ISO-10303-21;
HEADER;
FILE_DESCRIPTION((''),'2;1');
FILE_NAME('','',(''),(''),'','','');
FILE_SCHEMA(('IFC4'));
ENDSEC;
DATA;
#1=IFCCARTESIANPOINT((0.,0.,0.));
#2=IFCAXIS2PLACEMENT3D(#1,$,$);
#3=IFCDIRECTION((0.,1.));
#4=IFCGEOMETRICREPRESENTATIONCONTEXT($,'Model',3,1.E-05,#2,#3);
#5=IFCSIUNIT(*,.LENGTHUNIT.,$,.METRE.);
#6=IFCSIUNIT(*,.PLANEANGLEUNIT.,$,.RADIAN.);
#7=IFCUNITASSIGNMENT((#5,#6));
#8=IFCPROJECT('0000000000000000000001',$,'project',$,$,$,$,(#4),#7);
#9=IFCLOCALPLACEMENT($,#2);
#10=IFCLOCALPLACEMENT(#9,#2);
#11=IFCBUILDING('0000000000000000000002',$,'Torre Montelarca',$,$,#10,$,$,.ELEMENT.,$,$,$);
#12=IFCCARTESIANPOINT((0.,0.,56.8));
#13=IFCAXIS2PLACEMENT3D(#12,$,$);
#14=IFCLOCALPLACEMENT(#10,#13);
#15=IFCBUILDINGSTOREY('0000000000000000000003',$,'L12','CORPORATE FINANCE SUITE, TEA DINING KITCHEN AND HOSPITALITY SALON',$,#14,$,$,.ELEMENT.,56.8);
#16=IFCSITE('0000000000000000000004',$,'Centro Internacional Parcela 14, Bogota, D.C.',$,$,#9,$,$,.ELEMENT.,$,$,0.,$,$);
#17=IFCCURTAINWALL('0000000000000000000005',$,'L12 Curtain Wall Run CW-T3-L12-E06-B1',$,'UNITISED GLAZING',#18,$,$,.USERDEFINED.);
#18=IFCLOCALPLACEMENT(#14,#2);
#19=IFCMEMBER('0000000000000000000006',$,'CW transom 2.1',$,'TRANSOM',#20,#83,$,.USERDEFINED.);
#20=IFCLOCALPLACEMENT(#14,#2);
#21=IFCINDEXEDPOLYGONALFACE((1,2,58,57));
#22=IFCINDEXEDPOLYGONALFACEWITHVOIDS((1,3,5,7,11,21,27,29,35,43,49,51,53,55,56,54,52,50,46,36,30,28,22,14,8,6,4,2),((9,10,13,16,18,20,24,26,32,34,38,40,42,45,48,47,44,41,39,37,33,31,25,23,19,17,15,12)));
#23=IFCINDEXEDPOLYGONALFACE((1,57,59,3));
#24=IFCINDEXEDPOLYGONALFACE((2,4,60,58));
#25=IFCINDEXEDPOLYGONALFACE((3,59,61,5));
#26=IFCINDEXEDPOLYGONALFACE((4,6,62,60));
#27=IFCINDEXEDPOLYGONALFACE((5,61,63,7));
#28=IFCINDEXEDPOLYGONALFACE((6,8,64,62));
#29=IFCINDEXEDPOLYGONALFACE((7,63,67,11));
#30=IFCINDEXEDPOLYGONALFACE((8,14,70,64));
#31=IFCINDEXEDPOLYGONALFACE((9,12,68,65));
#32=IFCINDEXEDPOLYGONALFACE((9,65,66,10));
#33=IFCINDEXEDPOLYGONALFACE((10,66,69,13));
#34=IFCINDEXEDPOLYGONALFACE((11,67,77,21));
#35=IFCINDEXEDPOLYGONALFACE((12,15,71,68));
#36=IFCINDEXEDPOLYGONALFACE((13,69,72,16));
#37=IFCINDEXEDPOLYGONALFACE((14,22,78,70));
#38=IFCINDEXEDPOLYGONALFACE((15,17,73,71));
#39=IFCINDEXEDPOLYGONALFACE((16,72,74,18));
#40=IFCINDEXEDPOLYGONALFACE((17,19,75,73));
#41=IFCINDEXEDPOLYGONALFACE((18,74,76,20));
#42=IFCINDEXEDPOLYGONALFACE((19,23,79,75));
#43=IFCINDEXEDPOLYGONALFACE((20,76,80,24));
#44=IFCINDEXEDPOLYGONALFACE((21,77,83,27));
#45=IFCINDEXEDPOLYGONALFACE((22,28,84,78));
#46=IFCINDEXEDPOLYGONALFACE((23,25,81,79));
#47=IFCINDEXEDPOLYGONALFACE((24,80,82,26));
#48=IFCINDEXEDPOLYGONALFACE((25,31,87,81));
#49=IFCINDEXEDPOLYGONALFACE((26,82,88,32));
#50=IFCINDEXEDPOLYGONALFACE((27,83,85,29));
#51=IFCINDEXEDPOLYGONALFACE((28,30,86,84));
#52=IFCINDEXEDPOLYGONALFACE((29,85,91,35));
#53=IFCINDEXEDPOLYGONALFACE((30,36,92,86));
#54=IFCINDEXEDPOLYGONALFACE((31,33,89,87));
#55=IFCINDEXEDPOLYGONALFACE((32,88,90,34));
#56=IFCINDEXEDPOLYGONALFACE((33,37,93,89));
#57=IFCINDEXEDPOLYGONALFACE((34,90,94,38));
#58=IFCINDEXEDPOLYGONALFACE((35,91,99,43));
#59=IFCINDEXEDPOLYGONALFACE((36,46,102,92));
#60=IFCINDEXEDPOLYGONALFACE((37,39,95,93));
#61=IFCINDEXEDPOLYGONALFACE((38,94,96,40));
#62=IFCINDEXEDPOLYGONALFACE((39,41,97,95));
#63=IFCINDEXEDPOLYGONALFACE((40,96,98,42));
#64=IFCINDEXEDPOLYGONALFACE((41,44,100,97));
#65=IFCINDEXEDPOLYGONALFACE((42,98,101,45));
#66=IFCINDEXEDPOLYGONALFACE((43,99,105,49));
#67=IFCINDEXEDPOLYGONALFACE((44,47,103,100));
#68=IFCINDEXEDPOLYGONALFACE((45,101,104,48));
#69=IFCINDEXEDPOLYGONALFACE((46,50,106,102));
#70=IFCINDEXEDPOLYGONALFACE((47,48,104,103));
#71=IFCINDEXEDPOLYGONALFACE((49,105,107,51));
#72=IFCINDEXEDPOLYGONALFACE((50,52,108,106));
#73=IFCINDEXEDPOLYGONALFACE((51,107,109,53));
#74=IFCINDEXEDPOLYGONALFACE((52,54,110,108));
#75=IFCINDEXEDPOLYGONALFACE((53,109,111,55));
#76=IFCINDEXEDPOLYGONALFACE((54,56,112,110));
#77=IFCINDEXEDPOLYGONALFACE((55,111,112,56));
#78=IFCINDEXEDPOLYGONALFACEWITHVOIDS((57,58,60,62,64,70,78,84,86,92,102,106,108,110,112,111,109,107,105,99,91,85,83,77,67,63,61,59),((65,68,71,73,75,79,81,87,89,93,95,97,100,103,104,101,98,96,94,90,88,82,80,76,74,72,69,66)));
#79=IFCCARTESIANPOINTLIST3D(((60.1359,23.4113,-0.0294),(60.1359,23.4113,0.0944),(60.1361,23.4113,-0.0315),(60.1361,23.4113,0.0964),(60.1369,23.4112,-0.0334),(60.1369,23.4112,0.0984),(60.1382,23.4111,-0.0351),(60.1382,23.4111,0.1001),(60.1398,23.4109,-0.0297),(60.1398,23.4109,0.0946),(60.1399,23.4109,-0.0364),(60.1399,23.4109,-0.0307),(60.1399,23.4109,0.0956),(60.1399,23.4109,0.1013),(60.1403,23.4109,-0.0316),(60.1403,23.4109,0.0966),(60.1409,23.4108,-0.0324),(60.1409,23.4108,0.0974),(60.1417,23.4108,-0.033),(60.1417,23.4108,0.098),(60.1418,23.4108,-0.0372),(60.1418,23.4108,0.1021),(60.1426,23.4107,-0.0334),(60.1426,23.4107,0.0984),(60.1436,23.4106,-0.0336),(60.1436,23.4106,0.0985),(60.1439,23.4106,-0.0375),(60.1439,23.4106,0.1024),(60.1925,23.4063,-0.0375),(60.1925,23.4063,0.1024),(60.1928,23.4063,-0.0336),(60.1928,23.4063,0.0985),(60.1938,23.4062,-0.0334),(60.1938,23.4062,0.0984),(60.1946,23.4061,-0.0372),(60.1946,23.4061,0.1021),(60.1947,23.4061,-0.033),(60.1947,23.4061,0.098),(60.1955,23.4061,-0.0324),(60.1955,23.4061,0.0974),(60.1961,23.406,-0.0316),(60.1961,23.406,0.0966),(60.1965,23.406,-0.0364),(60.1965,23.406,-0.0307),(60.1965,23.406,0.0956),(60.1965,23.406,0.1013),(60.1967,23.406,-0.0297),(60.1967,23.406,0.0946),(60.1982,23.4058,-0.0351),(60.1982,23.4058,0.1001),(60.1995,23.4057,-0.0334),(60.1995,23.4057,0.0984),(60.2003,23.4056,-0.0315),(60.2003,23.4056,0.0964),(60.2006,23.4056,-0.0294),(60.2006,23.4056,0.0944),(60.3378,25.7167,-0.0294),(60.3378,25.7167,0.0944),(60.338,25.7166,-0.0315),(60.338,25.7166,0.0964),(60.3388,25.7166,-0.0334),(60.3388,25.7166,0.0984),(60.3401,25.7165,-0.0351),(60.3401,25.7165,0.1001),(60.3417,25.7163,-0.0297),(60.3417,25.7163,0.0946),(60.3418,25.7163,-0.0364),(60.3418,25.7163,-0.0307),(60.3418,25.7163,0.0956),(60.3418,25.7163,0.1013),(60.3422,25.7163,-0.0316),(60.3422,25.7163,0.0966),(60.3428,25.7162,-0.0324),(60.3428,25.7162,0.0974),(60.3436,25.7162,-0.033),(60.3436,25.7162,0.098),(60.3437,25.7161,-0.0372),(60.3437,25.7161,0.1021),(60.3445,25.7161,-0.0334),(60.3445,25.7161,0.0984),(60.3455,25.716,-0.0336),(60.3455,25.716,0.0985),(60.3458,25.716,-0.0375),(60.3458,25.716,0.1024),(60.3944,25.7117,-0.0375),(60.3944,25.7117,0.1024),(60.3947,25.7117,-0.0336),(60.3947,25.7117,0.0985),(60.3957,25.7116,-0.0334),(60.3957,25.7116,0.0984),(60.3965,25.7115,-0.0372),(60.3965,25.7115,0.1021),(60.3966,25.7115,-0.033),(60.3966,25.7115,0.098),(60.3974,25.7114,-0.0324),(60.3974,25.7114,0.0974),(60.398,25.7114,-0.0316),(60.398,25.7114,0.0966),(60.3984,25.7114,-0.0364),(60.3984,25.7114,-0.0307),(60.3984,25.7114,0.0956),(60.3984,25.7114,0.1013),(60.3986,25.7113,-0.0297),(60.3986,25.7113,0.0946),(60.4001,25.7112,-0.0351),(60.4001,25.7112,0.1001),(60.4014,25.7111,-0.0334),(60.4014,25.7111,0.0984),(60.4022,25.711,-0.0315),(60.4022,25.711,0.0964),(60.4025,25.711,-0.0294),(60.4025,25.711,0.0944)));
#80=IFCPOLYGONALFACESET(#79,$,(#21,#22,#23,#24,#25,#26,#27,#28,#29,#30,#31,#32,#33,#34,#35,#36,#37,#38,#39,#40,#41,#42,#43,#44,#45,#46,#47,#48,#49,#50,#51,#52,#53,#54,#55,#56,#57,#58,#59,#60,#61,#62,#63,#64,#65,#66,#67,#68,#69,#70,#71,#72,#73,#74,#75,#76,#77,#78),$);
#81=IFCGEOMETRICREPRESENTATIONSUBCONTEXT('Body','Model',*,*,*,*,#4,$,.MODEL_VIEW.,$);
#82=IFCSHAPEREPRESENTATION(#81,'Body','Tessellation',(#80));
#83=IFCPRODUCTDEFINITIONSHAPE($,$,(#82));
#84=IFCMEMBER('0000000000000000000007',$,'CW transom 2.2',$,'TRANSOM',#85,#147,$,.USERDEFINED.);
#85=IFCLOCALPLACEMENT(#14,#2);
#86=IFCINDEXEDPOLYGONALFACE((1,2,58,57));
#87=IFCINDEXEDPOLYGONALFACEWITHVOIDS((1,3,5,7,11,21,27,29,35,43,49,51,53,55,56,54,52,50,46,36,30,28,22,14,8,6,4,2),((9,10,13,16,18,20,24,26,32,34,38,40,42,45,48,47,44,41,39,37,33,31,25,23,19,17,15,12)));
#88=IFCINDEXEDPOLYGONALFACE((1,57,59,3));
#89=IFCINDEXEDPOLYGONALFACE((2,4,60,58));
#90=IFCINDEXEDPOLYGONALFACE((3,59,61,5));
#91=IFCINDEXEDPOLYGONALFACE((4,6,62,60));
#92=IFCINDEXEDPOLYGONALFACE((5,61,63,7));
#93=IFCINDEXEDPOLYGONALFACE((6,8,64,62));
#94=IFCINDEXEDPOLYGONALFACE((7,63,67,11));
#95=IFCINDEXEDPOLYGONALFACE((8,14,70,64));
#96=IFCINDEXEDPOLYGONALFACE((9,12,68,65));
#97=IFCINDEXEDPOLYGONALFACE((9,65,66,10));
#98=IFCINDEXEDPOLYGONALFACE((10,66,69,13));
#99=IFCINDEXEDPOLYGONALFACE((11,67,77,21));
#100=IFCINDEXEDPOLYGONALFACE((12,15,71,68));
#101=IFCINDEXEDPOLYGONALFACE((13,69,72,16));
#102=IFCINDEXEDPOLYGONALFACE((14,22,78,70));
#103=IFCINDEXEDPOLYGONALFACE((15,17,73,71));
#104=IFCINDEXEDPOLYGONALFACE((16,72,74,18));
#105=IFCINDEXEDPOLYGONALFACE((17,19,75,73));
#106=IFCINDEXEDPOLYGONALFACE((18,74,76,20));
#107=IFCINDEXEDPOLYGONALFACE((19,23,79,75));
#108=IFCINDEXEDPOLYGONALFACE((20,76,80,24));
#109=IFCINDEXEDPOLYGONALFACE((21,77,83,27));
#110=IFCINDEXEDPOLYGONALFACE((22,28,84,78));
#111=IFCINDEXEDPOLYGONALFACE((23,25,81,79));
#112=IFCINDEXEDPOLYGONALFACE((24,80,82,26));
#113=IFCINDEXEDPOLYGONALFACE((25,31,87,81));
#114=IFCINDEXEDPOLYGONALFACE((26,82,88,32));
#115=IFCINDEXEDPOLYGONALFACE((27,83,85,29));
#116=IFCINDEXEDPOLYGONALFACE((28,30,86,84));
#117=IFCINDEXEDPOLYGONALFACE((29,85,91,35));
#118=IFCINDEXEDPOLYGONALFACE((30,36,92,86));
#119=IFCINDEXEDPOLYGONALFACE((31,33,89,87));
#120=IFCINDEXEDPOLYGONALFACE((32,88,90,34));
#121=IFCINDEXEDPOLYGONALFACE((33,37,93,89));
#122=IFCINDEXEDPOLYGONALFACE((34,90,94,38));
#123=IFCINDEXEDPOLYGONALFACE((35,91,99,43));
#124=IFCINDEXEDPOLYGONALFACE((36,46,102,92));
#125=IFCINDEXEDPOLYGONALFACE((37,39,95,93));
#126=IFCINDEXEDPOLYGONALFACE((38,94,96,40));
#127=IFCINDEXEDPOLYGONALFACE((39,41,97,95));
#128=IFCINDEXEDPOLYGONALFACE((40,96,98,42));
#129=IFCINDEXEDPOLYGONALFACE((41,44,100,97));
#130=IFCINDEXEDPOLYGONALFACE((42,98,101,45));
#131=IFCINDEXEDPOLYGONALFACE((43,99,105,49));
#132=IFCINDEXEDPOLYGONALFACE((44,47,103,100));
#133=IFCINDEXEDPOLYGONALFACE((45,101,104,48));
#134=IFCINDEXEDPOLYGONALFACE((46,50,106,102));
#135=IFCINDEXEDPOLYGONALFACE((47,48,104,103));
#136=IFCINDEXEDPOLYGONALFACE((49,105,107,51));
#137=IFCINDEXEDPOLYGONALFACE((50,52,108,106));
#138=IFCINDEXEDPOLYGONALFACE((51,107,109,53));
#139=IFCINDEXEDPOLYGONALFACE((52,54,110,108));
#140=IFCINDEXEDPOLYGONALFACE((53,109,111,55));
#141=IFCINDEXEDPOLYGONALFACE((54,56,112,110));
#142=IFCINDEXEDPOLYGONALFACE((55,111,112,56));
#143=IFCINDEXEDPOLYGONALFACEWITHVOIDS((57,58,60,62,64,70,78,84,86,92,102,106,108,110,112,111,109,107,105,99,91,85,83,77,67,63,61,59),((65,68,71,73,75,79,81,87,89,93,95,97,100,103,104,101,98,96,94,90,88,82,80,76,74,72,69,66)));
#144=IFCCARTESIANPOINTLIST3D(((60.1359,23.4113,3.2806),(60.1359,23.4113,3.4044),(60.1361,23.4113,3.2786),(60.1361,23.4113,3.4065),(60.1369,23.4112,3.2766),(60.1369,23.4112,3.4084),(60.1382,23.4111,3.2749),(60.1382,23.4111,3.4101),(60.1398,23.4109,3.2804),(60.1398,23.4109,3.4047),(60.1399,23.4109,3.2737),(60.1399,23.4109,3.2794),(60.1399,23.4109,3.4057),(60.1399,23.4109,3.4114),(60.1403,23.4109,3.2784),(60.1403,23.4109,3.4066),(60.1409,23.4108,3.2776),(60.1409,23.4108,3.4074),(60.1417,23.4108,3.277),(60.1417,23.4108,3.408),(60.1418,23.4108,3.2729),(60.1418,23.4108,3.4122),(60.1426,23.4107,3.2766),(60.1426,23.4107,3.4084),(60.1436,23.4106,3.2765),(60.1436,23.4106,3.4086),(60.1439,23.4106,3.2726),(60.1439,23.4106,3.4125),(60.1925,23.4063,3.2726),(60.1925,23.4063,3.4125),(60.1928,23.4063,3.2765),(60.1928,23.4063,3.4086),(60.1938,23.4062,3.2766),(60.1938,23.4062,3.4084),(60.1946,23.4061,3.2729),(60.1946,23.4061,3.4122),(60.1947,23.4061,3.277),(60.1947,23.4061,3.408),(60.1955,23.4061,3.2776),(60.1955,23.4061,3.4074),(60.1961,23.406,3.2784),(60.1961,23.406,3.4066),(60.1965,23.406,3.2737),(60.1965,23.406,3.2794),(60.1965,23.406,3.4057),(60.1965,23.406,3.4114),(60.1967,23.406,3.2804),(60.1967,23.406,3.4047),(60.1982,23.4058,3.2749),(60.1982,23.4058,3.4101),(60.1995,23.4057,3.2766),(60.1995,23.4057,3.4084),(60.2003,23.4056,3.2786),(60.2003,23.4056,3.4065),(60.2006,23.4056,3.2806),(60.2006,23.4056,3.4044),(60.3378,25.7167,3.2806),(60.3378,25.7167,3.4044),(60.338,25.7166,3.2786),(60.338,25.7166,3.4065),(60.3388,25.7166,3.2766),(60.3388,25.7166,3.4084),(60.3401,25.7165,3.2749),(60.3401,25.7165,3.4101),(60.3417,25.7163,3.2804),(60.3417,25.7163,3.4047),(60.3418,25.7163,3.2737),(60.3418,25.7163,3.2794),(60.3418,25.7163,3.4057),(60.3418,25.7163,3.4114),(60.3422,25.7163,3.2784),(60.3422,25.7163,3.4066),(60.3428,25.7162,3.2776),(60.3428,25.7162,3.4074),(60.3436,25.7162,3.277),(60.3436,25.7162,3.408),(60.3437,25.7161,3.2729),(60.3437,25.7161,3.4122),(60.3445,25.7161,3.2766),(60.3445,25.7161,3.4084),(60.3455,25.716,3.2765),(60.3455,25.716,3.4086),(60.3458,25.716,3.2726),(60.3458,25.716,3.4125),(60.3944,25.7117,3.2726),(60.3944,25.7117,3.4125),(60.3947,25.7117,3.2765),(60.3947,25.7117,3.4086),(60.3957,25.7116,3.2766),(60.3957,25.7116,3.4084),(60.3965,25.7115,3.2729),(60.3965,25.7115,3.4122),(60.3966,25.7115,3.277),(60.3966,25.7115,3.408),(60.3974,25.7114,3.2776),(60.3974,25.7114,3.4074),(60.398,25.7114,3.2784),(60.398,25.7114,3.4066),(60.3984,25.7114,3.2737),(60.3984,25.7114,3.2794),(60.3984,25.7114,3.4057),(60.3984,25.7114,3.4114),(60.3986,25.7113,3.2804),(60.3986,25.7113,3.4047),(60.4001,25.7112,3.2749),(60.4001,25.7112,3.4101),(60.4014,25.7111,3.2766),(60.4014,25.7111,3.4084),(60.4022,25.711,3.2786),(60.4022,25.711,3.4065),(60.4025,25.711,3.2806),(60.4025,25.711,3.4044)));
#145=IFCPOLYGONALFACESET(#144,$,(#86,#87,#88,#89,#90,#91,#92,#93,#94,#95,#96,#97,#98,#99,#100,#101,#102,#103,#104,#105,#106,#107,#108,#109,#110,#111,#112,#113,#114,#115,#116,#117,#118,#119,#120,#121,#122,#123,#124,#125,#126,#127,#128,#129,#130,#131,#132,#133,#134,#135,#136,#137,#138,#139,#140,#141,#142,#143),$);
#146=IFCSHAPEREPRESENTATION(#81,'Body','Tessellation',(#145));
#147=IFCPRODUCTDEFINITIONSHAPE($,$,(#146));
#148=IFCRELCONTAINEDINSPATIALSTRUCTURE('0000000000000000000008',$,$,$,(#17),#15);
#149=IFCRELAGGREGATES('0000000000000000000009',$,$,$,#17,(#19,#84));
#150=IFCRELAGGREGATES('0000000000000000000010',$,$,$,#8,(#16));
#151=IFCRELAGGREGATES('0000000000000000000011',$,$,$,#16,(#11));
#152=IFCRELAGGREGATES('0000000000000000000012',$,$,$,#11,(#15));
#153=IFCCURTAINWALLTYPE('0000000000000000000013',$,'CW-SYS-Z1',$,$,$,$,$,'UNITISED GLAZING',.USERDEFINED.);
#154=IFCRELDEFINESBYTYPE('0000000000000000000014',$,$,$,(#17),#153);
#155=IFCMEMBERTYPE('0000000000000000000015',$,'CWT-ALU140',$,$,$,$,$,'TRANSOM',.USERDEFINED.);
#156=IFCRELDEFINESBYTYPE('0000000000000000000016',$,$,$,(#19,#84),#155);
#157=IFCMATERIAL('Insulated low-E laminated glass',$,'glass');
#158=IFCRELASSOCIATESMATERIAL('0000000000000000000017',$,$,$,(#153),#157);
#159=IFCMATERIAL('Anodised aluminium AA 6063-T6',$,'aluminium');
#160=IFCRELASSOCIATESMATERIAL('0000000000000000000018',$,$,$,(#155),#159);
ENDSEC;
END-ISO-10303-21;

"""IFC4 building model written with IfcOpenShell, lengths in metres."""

from ifc_helpers import new_model, si_unit, direction, frame, origin, origin_2d, place, context, subcontext, project, spatial, hollow_rectangle, extrude, source, transform, mapped, material, material_profile, profile_set, type_object, element, aggregate, save


model = new_model("IFC4")

# Units and contexts
model_context = context("Model", 3, precision=1e-05, world=origin(), true_north=direction((0.0, 1.0)))
body_context = subcontext(model_context, "Body", "Model", "MODEL_VIEW")
ifc_project = project(units=[si_unit("LENGTHUNIT", "METRE"), si_unit("PLANEANGLEUNIT", "RADIAN")], contexts=[model_context])

# Site, building, storey
site_placement = place(None, origin())
site = spatial("IfcSite", under=ifc_project, at=site_placement, Name="Centro Internacional Parcela 14, Bogota, D.C.", CompositionType="ELEMENT", RefElevation=0.0)
building_placement = place(site_placement, origin())
building = spatial("IfcBuilding", under=site, at=building_placement, Name="Torre Montelarca", CompositionType="ELEMENT")
storey_placement = place(building_placement, frame((0.0, 0.0, 56.8)))
storey = spatial("IfcBuildingStorey", under=building, at=storey_placement, Name="L12", Description="CORPORATE FINANCE SUITE, TEA DINING KITCHEN AND HOSPITALITY SALON", CompositionType="ELEMENT", Elevation=56.8)

# Shared definitions
ifc_material_1 = material(Name="Insulated low-E laminated glass", Category="glass")
curtain_wall_type = type_object("IfcCurtainWallType", Name="CW-SYS-Z1", ElementType="UNITISED GLAZING", PredefinedType="USERDEFINED", material=ifc_material_1)
ifc_material_2 = material(Name="Anodised aluminium AA 6063-T6", Category="aluminium")

# Curtain wall
curtain_wall_1_placement = place(storey_placement, origin())
curtain_wall_1 = element("IfcCurtainWall", 1, at=curtain_wall_1_placement, inside=storey, type_object=curtain_wall_type, Name="L12 Curtain Wall Run CW-T3-L12-E06-B1", ObjectType="UNITISED GLAZING", PredefinedType="USERDEFINED")

# Members
ifc_material_profile_1 = material_profile(ifc_material_2, hollow_rectangle(XDim=0.0649, YDim=0.1399, WallThickness=0.0039, InnerFilletRadius=0.0039, OuterFilletRadius=0.0081, at=origin_2d()), Name="ALU65X140X4", Category="aluminium")
ifc_profile_set_1 = profile_set([ifc_material_profile_1], Name="Anodised aluminium AA 6063-T6")
member_type_1 = type_object("IfcMemberType", Name="CWT-ALU140", ElementType="TRANSOM", PredefinedType="USERDEFINED", material=ifc_profile_set_1)
shared_shape_1 = source(origin(), body_context, "Body", "SweptSolid", [
    extrude(hollow_rectangle(XDim=0.0649, YDim=0.1399, WallThickness=0.0039, InnerFilletRadius=0.0039, OuterFilletRadius=0.0081, at=origin_2d()), origin(), (0.0, 0.0, 1.0), 2.3142),
])
member_1_placement = place(storey_placement, frame((60.1682, 23.4084, 0.0325), z_axis=(0.087244, 0.996187, 0.0), x_axis=(-0.996187, 0.087244, 0.0)))
member_1 = element("IfcMember", 2, at=member_1_placement, type_object=member_type_1, Name="CW transom 2.1", ObjectType="TRANSOM", PredefinedType="USERDEFINED", context=body_context, shape_type="MappedRepresentation", body=[
    mapped(shared_shape_1, transform((0.0, 0.0, 0.0), scale=1.0)),
])
member_2_placement = place(storey_placement, frame((60.1682, 23.4084, 3.3425), z_axis=(0.087244, 0.996187, 0.0), x_axis=(-0.996187, 0.087244, 0.0)))
member_2 = element("IfcMember", 3, at=member_2_placement, type_object=member_type_1, Name="CW transom 2.2", ObjectType="TRANSOM", PredefinedType="USERDEFINED", context=body_context, shape_type="MappedRepresentation", body=[
    mapped(shared_shape_1, transform((0.0, 0.0, 0.0), scale=1.0)),
])

aggregate(curtain_wall_1, [member_1, member_2])

save(model, "model.ifc")
